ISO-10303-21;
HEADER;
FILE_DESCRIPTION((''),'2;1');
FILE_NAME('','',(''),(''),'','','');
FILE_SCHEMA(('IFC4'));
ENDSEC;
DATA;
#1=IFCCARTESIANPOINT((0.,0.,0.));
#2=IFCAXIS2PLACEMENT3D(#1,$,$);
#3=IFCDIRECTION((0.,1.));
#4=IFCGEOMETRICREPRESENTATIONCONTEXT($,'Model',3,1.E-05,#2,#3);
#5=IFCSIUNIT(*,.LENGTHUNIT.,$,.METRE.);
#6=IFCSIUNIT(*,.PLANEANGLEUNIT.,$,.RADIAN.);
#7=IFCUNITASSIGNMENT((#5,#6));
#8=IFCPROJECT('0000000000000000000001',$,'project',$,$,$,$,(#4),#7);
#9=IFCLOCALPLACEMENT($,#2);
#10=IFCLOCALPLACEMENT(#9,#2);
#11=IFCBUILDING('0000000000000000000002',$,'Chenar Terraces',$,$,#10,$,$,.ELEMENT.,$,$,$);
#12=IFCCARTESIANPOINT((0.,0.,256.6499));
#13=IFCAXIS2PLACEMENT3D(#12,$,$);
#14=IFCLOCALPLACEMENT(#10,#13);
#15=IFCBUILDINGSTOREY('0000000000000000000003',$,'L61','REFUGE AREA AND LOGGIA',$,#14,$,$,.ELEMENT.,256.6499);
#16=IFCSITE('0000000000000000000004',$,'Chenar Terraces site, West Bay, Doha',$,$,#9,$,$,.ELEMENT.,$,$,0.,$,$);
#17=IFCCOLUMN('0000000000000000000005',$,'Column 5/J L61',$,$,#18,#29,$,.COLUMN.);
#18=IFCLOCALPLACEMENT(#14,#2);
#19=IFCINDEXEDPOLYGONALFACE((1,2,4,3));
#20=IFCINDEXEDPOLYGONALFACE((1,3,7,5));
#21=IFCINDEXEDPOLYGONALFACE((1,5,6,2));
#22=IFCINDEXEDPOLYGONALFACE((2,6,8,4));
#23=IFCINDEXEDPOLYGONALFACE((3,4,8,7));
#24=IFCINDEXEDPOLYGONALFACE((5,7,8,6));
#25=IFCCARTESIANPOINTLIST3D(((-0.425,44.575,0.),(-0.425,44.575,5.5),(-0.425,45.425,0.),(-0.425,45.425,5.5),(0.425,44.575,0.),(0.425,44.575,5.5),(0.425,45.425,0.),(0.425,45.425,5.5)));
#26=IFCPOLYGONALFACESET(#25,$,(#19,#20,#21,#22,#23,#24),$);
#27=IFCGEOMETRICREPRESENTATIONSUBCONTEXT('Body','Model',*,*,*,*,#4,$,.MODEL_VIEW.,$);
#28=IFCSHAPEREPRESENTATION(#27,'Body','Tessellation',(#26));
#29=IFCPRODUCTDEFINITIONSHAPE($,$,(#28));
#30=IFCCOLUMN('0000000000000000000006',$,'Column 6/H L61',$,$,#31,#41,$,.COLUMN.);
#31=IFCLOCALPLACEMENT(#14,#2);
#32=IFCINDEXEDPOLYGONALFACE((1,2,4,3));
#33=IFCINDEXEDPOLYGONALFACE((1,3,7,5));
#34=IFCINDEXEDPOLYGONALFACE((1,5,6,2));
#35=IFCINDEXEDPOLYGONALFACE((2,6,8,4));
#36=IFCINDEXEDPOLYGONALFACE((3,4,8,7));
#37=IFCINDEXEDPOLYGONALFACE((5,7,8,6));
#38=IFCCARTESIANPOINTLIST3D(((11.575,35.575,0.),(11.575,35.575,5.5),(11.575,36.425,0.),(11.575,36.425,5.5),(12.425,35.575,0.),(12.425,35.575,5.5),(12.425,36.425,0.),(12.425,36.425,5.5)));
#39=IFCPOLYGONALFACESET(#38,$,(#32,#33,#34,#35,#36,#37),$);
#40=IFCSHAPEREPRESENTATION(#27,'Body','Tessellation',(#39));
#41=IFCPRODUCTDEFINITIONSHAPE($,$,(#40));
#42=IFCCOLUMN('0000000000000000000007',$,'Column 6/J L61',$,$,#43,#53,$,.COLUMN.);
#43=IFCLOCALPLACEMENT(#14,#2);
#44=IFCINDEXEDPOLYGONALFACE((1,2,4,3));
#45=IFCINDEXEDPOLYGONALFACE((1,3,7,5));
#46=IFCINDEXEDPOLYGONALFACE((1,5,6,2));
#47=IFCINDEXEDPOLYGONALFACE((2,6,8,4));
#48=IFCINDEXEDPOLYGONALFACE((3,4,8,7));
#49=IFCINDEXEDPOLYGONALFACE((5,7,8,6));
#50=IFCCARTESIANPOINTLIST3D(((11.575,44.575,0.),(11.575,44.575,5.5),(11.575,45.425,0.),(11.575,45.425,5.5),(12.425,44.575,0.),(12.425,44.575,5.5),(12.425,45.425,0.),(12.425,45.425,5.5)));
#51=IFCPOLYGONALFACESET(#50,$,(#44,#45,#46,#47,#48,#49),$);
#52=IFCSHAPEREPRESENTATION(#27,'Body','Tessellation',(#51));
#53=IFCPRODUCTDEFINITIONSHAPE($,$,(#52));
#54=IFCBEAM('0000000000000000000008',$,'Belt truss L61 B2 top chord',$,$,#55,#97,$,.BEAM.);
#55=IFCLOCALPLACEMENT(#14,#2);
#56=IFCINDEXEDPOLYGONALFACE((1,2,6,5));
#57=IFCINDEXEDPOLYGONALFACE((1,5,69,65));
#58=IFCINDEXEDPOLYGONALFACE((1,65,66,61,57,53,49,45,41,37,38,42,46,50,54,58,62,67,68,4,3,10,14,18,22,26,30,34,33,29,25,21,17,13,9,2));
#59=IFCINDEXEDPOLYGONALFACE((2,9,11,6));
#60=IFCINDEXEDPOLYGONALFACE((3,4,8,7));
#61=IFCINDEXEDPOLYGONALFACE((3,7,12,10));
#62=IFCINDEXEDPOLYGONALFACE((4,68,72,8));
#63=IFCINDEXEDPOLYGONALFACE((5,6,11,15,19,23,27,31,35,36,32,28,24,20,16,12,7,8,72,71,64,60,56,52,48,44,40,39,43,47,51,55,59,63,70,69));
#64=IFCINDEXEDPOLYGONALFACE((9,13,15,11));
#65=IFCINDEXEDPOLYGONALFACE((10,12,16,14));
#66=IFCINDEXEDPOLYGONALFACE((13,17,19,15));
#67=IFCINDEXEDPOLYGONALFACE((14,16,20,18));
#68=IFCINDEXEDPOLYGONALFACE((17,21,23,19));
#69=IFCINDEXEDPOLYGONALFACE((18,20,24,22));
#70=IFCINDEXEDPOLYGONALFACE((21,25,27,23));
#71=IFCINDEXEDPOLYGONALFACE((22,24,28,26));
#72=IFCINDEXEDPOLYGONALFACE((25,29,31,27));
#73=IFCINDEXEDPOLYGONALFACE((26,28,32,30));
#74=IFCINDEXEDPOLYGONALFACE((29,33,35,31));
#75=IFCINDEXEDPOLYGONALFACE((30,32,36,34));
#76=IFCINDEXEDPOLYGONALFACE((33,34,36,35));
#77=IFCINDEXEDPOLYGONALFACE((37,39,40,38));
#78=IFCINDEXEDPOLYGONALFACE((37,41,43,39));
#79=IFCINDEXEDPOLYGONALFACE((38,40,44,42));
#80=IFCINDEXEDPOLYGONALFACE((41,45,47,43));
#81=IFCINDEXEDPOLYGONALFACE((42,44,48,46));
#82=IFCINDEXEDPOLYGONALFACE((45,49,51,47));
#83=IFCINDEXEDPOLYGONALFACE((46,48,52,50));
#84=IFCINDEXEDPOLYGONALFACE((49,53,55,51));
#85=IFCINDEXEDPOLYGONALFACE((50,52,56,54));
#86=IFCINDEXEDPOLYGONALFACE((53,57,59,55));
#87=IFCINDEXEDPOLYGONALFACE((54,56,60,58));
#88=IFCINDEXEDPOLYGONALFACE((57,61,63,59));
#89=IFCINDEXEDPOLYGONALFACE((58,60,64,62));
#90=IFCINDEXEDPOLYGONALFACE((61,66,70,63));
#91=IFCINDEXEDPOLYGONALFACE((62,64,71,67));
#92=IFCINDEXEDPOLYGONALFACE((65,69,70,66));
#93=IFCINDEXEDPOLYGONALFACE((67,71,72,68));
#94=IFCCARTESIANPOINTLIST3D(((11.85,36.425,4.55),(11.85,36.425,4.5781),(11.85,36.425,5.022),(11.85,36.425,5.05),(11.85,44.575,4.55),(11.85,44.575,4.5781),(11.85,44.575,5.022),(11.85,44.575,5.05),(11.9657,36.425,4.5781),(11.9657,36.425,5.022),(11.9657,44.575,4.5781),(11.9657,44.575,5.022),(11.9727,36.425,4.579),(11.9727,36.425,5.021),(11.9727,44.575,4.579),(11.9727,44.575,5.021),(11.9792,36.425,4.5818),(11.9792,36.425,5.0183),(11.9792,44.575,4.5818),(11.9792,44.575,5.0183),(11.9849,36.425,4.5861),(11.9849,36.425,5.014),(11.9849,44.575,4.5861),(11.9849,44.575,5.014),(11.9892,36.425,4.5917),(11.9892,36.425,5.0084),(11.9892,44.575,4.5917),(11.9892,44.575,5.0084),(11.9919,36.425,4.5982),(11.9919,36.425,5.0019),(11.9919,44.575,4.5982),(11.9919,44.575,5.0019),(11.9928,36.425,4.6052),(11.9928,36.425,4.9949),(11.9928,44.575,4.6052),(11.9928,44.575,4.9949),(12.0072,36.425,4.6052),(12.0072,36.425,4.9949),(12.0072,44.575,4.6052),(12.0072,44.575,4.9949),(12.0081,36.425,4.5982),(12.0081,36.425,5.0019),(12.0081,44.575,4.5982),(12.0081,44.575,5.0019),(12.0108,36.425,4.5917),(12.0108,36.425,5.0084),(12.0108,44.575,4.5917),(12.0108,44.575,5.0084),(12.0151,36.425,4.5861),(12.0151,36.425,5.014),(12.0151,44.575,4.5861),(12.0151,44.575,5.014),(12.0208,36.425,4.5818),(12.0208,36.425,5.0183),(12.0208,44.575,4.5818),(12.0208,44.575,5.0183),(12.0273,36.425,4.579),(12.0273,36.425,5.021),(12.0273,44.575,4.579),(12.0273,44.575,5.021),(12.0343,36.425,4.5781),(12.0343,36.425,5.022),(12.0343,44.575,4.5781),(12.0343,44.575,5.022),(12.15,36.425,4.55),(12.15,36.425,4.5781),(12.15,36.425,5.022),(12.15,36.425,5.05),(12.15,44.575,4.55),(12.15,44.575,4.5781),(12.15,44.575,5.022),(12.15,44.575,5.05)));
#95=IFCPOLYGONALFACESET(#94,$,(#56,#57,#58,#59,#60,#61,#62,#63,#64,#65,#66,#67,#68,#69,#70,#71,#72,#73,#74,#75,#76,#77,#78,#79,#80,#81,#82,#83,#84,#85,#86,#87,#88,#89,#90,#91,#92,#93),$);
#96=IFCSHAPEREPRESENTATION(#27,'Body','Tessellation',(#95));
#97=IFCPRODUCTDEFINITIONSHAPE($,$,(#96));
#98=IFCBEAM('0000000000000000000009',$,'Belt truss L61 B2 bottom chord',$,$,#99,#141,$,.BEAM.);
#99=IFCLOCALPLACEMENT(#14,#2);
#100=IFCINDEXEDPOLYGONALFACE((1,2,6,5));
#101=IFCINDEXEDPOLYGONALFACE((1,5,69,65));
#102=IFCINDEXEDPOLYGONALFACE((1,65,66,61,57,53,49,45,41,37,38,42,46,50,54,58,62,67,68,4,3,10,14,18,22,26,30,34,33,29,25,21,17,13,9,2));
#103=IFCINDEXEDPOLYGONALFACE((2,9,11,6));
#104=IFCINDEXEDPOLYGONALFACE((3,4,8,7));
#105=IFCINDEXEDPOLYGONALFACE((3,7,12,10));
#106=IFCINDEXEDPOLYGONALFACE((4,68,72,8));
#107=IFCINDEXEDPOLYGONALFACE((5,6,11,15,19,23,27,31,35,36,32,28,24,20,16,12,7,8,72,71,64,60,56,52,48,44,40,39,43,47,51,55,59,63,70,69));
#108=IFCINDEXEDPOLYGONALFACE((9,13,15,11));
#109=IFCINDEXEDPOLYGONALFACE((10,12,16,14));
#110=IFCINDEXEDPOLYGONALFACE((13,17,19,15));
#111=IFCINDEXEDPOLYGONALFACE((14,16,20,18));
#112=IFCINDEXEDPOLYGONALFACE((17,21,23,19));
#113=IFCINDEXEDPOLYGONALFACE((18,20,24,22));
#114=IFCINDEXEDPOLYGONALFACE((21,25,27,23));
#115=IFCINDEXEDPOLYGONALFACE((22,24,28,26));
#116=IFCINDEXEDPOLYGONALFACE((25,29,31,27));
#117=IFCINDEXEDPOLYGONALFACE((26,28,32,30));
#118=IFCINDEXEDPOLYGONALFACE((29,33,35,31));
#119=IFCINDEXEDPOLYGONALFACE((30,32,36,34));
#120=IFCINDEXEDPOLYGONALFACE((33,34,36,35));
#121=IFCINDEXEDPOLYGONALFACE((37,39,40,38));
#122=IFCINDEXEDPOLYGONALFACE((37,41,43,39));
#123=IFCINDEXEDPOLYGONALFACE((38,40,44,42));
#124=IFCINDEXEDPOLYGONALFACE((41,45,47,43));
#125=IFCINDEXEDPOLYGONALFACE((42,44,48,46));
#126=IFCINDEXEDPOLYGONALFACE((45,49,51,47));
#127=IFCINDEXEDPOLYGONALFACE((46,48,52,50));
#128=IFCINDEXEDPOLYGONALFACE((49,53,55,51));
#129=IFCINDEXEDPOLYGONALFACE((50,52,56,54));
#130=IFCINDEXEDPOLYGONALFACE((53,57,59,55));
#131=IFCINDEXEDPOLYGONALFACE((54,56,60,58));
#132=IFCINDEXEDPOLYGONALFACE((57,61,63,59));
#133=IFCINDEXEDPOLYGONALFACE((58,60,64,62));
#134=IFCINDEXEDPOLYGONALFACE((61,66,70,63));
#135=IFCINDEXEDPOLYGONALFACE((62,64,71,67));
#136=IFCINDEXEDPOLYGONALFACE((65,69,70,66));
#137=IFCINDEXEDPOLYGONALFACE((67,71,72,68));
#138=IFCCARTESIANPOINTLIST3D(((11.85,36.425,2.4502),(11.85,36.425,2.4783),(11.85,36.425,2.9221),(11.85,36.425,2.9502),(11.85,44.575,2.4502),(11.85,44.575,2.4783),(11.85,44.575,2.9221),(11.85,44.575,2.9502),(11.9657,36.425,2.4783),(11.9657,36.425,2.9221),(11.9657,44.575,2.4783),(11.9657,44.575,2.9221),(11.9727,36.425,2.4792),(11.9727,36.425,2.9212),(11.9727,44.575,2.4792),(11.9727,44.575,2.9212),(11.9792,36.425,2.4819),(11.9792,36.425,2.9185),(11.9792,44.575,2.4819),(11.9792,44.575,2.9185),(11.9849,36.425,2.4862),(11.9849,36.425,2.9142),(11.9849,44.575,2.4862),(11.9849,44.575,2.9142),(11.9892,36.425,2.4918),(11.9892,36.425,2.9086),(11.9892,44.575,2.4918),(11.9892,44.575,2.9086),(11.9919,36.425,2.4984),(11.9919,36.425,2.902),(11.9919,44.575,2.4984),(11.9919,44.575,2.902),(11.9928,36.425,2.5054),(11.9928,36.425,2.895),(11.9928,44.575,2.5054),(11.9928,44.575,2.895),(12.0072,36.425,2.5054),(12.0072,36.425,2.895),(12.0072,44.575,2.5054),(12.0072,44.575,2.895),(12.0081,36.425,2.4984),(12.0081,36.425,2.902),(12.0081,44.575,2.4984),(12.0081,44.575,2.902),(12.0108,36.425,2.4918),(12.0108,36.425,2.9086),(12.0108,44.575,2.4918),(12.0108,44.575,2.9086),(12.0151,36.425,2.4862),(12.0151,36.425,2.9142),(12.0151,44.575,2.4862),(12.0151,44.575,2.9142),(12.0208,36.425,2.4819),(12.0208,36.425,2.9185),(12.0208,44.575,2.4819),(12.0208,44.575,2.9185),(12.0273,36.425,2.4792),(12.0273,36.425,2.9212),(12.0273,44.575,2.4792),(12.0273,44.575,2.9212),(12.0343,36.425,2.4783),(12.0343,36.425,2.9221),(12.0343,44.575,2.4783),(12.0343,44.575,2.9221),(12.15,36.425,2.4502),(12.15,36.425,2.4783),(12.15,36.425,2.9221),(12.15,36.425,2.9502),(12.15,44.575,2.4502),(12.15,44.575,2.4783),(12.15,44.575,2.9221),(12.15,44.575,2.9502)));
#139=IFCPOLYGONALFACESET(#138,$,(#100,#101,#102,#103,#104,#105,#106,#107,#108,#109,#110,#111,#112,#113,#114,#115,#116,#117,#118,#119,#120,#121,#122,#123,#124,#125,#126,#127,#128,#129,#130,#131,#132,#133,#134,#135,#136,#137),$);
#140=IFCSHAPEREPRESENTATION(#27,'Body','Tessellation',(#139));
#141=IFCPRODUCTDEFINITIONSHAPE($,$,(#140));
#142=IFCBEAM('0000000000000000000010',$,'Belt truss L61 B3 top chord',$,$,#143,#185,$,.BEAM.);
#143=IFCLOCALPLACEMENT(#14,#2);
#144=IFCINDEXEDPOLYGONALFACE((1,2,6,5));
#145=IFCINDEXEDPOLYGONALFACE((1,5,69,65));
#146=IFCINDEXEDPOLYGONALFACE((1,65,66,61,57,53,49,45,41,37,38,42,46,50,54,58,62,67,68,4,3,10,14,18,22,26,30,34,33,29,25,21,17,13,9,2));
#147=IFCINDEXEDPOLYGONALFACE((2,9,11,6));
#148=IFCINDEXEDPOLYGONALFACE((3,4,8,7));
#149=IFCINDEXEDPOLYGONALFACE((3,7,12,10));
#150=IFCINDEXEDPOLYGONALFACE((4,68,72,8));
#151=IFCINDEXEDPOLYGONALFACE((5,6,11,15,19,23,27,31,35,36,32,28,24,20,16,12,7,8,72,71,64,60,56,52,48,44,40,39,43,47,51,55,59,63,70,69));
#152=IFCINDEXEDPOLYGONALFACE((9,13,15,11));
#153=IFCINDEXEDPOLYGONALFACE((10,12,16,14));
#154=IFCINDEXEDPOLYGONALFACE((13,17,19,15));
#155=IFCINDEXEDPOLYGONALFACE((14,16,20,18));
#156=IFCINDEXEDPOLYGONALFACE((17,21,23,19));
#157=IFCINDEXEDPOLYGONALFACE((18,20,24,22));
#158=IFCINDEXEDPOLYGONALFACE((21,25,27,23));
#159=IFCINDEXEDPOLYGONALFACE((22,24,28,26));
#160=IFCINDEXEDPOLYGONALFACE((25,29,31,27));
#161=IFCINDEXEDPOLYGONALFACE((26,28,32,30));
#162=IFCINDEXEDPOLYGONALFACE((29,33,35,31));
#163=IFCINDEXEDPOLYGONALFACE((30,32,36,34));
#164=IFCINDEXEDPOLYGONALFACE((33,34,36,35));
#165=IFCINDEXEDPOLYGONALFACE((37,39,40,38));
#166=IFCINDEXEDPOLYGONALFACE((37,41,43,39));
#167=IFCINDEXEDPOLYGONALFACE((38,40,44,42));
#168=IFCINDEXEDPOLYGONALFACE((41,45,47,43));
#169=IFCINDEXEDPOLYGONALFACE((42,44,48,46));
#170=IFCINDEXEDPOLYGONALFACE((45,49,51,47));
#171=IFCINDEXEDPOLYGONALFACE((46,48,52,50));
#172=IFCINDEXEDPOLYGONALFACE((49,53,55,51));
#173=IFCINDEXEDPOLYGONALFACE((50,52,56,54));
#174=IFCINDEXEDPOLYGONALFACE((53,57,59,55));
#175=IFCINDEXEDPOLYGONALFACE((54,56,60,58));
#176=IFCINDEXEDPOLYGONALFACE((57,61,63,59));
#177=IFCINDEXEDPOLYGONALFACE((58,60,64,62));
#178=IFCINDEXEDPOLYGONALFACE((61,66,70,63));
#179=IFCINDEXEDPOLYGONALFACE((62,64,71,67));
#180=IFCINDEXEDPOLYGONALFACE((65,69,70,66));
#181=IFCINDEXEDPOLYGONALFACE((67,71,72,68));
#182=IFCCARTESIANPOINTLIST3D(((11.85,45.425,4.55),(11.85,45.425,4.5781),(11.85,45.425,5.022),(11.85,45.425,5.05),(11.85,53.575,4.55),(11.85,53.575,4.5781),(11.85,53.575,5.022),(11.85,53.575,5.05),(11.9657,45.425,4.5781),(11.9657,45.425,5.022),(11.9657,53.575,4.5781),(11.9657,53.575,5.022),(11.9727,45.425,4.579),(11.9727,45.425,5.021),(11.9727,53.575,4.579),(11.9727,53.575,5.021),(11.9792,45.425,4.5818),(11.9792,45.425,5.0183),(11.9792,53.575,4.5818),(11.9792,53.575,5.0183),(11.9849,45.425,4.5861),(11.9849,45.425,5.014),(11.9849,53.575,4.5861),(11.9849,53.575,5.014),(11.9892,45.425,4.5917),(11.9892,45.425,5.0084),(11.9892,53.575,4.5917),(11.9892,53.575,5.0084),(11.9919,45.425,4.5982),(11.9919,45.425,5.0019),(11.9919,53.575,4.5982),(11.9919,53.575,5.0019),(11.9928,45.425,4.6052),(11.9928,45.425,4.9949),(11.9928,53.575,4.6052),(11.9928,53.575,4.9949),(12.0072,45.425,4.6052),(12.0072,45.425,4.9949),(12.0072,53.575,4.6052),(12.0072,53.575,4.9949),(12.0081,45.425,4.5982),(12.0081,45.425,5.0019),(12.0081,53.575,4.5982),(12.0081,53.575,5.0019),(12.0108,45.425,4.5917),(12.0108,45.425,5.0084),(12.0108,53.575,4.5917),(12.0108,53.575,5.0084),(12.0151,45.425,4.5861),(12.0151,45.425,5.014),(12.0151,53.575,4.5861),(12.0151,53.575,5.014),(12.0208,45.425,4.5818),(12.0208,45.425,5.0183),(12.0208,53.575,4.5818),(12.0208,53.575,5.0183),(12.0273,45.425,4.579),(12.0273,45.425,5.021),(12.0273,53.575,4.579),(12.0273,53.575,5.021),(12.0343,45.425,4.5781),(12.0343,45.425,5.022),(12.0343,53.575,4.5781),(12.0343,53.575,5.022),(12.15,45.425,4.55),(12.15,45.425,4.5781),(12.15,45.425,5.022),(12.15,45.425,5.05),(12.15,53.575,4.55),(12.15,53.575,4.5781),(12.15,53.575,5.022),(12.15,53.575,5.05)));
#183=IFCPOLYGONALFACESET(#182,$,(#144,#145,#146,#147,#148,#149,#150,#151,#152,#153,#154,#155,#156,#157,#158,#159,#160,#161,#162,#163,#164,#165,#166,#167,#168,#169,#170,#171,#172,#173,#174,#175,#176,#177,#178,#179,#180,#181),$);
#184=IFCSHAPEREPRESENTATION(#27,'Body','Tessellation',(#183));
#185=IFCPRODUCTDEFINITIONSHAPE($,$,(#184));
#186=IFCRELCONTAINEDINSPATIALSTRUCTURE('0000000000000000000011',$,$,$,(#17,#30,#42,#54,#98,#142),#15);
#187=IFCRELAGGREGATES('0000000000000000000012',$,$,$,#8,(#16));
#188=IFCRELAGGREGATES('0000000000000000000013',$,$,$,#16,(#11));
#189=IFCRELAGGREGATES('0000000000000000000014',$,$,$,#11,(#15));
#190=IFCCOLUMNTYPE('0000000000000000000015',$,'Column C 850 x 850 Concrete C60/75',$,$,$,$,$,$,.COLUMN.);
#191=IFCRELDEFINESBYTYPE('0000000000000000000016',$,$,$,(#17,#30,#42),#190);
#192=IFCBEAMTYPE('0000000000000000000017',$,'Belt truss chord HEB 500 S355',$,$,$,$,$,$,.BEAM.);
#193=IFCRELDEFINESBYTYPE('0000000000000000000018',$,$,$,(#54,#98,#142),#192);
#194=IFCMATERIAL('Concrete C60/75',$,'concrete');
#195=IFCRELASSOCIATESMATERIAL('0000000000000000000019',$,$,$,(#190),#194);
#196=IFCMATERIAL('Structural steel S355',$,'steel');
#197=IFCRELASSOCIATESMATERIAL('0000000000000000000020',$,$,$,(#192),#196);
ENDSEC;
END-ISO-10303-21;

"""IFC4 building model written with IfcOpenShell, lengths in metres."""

from ifc_helpers import new_model, si_unit, direction, frame, origin, origin_2d, place, context, subcontext, project, spatial, rectangle, i_section, extrude, material, material_profile, profile_set, type_object, element, save


model = new_model("IFC4")

# Units and contexts
model_context = context("Model", 3, precision=1e-05, world=origin(), true_north=direction((0.0, 1.0)))
body_context = subcontext(model_context, "Body", "Model", "MODEL_VIEW")
ifc_project = project(units=[si_unit("LENGTHUNIT", "METRE"), si_unit("PLANEANGLEUNIT", "RADIAN")], contexts=[model_context])

# Site, building, storey
site_placement = place(None, origin())
site = spatial("IfcSite", under=ifc_project, at=site_placement, Name="Chenar Terraces site, West Bay, Doha", CompositionType="ELEMENT", RefElevation=0.0)
building_placement = place(site_placement, origin())
building = spatial("IfcBuilding", under=site, at=building_placement, Name="Chenar Terraces", CompositionType="ELEMENT")
storey_placement = place(building_placement, frame((0.0, 0.0, 256.6499)))
storey = spatial("IfcBuildingStorey", under=building, at=storey_placement, Name="L61", Description="REFUGE AREA AND LOGGIA", CompositionType="ELEMENT", Elevation=256.6499)

# Columns
ifc_material_1 = material(Name="Concrete C60/75", Category="concrete")
ifc_material_profile_1 = material_profile(ifc_material_1, rectangle(XDim=0.8501, YDim=0.8501, at=origin_2d()), Name="C 850 x 850")
ifc_profile_set_1 = profile_set([ifc_material_profile_1], Name="Concrete C60/75")
column_type = type_object("IfcColumnType", Name="Column C 850 x 850 Concrete C60/75", PredefinedType="COLUMN", material=ifc_profile_set_1)
placement = place(storey_placement, frame((0.0, 45.0, 0.0), z_axis=(0.0, 0.0, 1.0), x_axis=(1.0, 0.0, 0.0)))
element("IfcColumn", 1, at=placement, inside=storey, type_object=column_type, Name="Column 5/J L61", PredefinedType="COLUMN", context=body_context, shape_type="SweptSolid", body=[
    extrude(rectangle(XDim=0.8501, YDim=0.8501, at=origin_2d()), origin(), (0.0, 0.0, 1.0), 5.5),
])
for number, where, z_axis, x_axis, name in (
    (2, (12.0, 36.0, 0.0), (0.0, 0.0, 1.0), (1.0, 0.0, 0.0), "Column 6/H L61"),
    (3, (12.0, 45.0, 0.0), (0.0, 0.0, 1.0), (1.0, 0.0, 0.0), "Column 6/J L61"),
):
    element("IfcColumn", number, at=place(storey_placement, frame(where, z_axis=z_axis, x_axis=x_axis)), inside=storey, type_object=column_type, Name=name, PredefinedType="COLUMN", context=body_context, shape_type="SweptSolid", body=[
        extrude(rectangle(XDim=0.8501, YDim=0.8501, at=origin_2d()), origin(), (0.0, 0.0, 1.0), 5.5),
    ])

# Beams
ifc_material_2 = material(Name="Structural steel S355", Category="steel")
ifc_material_profile_2 = material_profile(ifc_material_2, i_section(OverallWidth=0.3, OverallDepth=0.5, WebThickness=0.0144, FlangeThickness=0.0281, FilletRadius=0.0271, at=origin_2d()), Name="HEB 500")
ifc_profile_set_2 = profile_set([ifc_material_profile_2], Name="Structural steel S355")
beam_type = type_object("IfcBeamType", Name="Belt truss chord HEB 500 S355", PredefinedType="BEAM", material=ifc_profile_set_2)
for number, where, z_axis, x_axis, name in (
    (4, (12.0, 36.425, 4.8), (0.0, 1.0, 0.0), (-1.0, 0.0, 0.0), "Belt truss L61 B2 top chord"),
    (5, (12.0, 36.425, 2.7002), (0.0, 1.0, 0.0), (-1.0, 0.0, 0.0), "Belt truss L61 B2 bottom chord"),
    (6, (12.0, 45.425, 4.8), (0.0, 1.0, 0.0), (-1.0, 0.0, 0.0), "Belt truss L61 B3 top chord"),
):
    element("IfcBeam", number, at=place(storey_placement, frame(where, z_axis=z_axis, x_axis=x_axis)), inside=storey, type_object=beam_type, Name=name, PredefinedType="BEAM", context=body_context, shape_type="SweptSolid", body=[
        extrude(i_section(OverallWidth=0.3, OverallDepth=0.5, WebThickness=0.0144, FlangeThickness=0.0281, FilletRadius=0.0271, at=origin_2d()), origin(), (0.0, 0.0, 1.0), 8.1499),
    ])

save(model, "model.ifc")
